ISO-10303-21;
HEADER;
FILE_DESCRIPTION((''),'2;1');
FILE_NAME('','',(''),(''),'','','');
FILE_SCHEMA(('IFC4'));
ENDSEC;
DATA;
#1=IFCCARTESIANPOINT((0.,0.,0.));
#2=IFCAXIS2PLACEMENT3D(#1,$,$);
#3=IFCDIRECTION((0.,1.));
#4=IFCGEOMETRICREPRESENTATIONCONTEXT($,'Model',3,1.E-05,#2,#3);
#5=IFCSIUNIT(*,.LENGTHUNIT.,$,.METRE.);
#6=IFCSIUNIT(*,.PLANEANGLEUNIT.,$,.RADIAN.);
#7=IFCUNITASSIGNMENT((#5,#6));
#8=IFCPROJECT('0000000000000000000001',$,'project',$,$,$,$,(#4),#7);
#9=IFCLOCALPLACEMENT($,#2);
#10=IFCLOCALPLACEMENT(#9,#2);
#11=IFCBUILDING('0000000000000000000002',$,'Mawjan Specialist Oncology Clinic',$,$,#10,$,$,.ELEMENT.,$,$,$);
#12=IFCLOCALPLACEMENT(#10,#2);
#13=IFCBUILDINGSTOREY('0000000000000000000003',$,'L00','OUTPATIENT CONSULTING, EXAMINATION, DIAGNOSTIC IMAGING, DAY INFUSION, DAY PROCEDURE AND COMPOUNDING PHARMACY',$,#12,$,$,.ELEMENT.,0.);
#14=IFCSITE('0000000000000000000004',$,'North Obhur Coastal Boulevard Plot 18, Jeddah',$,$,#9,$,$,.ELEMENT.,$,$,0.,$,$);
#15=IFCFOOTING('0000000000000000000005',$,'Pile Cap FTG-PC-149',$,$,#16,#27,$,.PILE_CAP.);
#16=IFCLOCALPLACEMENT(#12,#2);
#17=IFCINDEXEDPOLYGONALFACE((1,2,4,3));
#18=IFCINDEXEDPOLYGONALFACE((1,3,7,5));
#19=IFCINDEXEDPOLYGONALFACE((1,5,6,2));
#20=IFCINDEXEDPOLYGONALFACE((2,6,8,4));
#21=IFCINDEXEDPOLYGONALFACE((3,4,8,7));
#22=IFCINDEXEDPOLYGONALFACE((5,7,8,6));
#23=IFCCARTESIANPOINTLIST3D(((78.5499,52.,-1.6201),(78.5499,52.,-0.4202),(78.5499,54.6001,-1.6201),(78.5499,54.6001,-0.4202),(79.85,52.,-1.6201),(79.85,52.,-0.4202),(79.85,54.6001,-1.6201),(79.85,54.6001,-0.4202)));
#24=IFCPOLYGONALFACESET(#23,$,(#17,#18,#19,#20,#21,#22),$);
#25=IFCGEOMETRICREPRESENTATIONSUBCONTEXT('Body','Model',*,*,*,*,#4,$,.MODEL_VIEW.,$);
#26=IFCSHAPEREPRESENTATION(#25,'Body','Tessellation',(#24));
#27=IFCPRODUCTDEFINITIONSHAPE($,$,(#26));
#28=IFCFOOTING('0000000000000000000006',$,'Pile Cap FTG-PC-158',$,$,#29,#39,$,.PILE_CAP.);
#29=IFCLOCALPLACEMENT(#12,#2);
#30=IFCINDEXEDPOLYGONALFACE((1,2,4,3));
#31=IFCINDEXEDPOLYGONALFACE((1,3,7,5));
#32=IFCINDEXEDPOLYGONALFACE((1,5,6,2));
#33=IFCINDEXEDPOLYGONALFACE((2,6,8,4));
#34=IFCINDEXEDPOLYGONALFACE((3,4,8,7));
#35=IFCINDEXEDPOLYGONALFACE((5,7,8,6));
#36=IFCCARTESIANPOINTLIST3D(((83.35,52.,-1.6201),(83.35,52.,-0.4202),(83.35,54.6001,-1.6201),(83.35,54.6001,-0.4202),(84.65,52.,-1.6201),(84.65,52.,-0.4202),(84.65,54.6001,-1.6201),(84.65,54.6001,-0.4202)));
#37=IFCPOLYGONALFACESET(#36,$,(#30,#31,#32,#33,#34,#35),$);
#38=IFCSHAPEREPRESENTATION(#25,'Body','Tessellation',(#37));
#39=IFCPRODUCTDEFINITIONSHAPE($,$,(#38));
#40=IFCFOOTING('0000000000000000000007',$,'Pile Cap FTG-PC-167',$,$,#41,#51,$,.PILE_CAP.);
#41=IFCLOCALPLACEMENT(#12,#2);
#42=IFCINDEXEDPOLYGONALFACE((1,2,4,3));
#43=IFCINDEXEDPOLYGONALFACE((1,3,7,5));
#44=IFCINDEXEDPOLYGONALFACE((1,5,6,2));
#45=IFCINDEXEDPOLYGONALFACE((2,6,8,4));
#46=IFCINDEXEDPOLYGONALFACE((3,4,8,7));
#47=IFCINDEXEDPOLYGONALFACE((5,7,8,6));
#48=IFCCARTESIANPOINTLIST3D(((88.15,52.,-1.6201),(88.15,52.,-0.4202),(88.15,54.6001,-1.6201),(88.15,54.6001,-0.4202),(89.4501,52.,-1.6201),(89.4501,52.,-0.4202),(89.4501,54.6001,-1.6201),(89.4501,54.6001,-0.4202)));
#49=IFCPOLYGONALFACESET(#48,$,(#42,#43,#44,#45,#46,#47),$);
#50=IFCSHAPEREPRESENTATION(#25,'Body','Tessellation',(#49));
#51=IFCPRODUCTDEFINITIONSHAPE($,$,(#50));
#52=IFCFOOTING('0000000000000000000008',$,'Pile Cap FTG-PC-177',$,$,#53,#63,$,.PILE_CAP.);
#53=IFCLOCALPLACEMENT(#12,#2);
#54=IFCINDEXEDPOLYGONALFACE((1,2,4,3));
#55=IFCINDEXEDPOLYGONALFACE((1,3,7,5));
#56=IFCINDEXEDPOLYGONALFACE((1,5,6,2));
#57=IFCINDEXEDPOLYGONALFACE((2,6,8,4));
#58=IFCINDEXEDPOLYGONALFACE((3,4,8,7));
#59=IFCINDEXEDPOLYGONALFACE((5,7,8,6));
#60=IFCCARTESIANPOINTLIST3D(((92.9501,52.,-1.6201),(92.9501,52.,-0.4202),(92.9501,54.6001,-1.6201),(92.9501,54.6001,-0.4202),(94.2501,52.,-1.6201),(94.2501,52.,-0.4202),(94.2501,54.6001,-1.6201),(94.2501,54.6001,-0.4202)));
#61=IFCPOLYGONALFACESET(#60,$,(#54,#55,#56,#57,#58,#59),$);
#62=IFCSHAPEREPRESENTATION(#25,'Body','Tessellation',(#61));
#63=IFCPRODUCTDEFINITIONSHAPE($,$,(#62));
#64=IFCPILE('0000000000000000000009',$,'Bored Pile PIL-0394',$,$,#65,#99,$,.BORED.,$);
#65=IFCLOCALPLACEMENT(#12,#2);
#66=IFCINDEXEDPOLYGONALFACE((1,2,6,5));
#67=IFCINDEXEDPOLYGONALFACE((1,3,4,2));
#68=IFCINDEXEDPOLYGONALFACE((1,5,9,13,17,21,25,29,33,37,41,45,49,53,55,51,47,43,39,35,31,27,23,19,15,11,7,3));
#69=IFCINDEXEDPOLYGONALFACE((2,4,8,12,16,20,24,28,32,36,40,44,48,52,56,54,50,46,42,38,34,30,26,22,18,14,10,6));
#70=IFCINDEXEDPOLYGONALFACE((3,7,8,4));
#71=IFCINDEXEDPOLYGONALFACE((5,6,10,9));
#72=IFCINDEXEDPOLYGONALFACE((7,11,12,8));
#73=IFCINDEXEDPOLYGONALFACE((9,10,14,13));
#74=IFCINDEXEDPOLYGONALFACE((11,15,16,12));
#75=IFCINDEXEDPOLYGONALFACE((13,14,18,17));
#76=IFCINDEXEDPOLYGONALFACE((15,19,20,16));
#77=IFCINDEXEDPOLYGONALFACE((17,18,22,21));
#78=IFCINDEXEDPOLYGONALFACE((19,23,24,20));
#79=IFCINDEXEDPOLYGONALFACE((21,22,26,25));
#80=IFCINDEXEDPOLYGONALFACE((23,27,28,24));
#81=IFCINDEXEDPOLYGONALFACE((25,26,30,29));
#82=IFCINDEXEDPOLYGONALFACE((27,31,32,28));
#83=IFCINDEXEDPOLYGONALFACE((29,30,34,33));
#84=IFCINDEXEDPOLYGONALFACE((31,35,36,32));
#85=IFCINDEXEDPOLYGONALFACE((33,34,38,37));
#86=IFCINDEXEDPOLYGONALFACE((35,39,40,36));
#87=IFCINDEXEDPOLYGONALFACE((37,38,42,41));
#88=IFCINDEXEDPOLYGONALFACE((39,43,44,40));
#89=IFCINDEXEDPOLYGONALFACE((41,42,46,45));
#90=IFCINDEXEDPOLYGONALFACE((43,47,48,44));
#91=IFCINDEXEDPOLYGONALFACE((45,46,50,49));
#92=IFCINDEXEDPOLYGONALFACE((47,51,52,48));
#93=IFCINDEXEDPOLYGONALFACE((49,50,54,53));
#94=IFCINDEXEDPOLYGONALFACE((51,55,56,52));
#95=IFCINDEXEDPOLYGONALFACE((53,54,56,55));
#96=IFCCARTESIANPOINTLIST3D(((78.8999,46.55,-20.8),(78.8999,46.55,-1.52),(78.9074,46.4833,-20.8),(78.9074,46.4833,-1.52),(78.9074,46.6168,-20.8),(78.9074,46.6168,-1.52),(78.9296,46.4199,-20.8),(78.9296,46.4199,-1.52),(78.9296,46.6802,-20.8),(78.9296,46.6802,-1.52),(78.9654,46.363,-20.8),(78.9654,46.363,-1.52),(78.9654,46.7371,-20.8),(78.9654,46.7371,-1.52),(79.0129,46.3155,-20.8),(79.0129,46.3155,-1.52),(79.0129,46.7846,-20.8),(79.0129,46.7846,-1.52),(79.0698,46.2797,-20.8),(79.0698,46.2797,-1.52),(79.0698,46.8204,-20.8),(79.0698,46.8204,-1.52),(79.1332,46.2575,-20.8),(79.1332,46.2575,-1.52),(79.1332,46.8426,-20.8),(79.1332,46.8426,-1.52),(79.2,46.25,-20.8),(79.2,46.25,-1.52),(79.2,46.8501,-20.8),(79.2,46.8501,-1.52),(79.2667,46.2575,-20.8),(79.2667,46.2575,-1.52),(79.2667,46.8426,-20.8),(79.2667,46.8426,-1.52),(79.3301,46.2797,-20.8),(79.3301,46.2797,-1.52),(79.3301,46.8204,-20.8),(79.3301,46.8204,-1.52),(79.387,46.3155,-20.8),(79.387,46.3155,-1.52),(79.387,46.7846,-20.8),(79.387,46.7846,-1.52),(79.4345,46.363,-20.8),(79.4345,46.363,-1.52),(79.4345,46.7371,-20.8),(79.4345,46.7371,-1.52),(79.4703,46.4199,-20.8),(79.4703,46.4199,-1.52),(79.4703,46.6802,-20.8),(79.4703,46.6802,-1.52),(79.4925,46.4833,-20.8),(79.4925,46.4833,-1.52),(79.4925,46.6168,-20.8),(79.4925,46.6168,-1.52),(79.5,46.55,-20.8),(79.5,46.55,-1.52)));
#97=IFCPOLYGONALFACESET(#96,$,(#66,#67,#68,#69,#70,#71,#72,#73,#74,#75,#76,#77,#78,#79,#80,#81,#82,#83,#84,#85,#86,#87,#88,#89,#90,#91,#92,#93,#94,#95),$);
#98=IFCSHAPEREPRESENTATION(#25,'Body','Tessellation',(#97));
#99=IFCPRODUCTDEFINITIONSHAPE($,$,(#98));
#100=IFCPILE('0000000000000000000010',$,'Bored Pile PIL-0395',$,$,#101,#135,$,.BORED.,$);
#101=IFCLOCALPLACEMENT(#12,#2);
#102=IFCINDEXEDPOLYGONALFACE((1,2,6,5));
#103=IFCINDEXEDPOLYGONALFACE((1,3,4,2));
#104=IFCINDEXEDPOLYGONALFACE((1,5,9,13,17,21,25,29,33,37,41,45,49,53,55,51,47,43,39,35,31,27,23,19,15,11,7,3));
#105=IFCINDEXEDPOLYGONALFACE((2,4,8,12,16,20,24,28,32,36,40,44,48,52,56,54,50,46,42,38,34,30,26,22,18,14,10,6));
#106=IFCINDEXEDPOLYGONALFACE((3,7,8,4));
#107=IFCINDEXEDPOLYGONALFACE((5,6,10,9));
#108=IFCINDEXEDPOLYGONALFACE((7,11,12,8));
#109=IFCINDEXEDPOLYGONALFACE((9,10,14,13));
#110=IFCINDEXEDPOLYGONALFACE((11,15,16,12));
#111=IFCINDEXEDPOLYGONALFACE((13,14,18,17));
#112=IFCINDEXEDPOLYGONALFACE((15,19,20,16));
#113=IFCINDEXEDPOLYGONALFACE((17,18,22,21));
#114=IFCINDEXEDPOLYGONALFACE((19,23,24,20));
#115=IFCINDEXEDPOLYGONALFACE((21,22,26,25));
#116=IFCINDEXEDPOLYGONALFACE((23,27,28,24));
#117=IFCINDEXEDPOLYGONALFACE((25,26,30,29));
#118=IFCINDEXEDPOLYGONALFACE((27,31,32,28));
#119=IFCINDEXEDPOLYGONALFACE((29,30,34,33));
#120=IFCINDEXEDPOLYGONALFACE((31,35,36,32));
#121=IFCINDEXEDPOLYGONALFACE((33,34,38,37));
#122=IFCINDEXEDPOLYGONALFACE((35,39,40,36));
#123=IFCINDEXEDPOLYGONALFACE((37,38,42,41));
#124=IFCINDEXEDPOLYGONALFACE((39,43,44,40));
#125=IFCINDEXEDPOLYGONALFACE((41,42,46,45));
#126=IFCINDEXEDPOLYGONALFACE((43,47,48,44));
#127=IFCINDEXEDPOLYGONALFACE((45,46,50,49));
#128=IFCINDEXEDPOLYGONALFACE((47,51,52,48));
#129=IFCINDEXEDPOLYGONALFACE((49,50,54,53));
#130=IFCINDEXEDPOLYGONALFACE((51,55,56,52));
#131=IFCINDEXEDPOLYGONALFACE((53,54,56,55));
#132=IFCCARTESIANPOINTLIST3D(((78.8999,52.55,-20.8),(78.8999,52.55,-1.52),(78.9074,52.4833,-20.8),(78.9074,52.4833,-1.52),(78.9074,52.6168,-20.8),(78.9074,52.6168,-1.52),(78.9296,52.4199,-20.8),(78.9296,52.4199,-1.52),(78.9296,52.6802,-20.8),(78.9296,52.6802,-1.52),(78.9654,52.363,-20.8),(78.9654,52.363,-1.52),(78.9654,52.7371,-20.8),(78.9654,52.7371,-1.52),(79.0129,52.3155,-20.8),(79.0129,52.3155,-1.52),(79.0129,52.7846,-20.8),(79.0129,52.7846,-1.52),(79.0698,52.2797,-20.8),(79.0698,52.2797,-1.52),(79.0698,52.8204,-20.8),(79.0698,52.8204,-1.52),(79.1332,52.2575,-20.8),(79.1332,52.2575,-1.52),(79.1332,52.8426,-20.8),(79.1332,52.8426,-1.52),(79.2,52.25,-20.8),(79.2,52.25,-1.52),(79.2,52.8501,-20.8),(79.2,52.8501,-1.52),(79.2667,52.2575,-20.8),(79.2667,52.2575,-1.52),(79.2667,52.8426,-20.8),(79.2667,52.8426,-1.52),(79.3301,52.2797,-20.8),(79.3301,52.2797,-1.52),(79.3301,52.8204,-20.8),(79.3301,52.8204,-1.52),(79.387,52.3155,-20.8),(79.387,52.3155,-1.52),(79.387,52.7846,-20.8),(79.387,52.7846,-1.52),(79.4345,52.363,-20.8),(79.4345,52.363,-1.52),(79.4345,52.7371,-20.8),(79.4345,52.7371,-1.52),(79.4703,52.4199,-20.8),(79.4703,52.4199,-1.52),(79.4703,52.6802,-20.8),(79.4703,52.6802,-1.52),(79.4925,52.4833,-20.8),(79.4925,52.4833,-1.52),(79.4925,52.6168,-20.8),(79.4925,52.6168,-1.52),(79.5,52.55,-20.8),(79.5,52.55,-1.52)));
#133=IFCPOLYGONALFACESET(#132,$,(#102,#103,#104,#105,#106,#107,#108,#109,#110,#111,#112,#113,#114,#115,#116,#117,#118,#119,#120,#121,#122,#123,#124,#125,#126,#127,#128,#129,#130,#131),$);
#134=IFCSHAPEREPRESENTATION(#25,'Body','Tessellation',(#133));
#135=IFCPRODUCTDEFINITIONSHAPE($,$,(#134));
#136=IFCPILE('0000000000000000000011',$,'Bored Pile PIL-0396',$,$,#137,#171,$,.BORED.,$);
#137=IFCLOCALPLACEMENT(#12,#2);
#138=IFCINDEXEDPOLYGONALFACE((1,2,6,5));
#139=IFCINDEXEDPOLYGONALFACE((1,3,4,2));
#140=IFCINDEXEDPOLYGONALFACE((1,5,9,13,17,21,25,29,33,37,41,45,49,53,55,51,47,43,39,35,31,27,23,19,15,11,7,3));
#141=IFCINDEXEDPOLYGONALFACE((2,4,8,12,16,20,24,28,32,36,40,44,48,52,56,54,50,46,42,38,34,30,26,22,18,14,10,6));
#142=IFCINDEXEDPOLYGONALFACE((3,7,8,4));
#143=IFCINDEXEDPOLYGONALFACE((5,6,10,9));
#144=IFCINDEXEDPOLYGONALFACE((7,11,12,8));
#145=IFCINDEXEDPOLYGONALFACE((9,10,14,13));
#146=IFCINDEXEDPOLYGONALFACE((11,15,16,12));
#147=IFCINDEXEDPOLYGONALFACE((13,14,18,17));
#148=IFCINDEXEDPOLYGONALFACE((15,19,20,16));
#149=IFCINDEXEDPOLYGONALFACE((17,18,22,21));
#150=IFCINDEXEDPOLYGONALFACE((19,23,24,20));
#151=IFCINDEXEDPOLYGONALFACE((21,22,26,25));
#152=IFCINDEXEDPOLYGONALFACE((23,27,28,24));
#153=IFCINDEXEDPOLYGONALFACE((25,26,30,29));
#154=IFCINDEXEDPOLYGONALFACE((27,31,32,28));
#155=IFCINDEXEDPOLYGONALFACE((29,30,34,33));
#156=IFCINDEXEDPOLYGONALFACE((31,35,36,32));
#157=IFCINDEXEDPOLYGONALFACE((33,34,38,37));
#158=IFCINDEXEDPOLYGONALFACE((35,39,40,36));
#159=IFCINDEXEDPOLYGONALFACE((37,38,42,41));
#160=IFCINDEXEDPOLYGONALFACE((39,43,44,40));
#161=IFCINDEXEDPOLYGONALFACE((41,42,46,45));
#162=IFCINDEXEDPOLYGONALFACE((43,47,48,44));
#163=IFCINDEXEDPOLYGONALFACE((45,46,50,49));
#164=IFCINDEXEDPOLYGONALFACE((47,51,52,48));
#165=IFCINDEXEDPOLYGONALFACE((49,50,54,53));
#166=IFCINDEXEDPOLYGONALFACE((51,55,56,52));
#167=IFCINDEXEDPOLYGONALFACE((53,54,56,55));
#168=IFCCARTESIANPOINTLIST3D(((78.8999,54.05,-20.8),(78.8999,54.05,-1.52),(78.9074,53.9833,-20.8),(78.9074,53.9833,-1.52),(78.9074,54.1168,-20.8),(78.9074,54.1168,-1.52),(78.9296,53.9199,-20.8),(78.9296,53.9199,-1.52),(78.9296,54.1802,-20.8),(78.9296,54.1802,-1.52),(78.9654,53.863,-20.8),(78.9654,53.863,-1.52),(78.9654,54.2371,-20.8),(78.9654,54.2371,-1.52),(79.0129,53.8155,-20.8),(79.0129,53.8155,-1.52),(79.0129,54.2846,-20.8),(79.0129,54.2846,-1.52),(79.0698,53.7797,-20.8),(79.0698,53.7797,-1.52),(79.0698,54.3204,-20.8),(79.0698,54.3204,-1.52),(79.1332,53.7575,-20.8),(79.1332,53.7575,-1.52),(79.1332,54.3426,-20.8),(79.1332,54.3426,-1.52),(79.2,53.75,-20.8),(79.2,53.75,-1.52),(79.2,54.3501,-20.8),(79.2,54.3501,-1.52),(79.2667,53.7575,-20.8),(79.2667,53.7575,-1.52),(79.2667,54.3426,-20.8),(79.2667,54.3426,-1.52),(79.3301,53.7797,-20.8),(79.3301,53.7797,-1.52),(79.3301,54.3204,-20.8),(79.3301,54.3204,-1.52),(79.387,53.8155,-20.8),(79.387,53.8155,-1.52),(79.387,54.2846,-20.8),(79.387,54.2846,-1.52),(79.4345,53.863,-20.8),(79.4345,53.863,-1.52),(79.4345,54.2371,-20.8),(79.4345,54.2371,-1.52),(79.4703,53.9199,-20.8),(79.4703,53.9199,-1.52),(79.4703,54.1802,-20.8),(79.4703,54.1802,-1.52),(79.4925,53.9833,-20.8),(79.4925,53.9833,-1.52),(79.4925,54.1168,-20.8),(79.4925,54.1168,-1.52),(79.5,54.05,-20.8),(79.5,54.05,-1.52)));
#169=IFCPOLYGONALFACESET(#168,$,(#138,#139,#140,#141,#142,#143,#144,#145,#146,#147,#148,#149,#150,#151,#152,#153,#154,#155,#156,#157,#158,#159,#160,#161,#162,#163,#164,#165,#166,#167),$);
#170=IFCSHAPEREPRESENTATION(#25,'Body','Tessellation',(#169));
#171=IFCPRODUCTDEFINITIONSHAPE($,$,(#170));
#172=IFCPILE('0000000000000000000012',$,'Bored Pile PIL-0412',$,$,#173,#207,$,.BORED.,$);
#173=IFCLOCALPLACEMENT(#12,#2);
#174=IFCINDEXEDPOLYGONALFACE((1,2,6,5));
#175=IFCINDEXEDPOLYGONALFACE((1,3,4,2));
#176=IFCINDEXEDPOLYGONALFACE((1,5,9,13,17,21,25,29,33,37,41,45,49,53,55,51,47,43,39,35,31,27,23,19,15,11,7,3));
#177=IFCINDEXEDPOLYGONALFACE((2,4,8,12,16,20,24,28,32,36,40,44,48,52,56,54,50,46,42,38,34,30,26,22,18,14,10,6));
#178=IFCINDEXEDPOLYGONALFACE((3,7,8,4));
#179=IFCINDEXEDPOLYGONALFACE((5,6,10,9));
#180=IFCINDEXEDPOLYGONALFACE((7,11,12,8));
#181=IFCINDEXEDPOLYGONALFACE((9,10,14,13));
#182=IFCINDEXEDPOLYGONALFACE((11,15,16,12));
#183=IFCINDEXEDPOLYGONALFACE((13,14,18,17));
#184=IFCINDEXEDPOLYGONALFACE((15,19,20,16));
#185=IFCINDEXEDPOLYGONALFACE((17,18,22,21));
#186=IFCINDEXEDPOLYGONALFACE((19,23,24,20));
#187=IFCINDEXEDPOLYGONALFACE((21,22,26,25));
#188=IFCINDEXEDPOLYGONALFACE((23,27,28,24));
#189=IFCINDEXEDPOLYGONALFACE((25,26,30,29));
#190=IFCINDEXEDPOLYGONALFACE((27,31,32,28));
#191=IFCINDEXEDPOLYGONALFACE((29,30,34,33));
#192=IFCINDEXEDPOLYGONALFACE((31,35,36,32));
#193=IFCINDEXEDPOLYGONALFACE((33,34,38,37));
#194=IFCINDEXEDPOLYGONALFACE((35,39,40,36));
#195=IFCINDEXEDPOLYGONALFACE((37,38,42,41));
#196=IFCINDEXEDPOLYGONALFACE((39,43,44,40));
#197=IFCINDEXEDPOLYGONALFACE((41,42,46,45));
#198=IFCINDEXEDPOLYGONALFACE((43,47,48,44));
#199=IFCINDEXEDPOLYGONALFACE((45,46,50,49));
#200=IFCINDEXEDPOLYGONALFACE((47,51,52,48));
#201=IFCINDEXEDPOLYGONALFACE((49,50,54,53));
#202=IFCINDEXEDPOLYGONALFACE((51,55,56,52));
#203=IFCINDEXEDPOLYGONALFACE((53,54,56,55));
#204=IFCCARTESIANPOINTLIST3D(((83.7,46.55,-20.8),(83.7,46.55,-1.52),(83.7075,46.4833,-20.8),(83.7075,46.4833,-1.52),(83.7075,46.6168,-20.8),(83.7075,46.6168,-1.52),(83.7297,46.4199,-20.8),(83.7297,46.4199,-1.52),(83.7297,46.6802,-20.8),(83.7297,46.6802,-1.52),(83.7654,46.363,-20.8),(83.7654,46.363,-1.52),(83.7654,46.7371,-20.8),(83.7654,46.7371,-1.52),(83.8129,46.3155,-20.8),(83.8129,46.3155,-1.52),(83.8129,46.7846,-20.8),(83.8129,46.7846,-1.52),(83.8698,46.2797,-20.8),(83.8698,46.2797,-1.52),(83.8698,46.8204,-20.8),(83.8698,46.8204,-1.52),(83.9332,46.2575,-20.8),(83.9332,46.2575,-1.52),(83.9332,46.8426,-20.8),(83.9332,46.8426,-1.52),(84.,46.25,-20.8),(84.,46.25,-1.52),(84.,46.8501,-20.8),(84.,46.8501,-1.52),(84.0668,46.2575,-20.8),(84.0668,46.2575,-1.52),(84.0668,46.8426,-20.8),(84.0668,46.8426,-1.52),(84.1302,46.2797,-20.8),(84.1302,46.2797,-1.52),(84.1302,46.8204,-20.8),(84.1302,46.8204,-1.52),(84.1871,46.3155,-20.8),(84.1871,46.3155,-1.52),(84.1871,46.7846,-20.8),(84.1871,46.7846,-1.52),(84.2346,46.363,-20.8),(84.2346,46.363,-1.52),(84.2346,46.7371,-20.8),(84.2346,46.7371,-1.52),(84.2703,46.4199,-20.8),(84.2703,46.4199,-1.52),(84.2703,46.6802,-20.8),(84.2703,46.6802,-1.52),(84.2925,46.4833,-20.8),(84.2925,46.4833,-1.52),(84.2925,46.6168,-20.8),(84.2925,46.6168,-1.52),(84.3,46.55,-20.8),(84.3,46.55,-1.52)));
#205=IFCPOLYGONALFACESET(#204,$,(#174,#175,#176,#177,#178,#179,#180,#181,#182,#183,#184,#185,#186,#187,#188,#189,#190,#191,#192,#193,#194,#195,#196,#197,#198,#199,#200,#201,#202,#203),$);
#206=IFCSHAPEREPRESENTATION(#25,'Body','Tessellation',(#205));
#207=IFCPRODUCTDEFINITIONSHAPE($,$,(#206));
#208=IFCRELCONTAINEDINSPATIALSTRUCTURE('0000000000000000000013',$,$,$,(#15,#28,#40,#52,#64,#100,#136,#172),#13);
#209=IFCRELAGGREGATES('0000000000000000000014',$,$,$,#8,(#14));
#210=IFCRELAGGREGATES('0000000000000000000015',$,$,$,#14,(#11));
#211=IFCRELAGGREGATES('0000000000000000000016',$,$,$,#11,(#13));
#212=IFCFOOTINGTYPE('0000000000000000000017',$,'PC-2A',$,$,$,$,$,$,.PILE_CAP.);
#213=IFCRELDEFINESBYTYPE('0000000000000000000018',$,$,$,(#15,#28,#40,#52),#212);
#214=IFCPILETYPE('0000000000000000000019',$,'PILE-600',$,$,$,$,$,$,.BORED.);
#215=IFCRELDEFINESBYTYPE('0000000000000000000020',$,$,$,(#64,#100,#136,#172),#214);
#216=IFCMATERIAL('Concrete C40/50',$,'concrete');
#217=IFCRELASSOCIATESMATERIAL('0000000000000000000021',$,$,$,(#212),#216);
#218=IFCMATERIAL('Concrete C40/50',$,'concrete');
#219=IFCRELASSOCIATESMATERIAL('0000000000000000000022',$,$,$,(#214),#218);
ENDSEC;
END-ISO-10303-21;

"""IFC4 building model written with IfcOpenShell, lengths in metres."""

from ifc_helpers import new_model, si_unit, direction, frame, origin, origin_2d, place, context, subcontext, project, spatial, rectangle, circle, extrude, material, material_profile, profile_set, type_object, element, save


model = new_model("IFC4")

# Units and contexts
model_context = context("Model", 3, precision=1e-05, world=origin(), true_north=direction((0.0, 1.0)))
body_context = subcontext(model_context, "Body", "Model", "MODEL_VIEW")
ifc_project = project(units=[si_unit("LENGTHUNIT", "METRE"), si_unit("PLANEANGLEUNIT", "RADIAN")], contexts=[model_context])

# Site, building, storey
site_placement = place(None, origin())
site = spatial("IfcSite", under=ifc_project, at=site_placement, Name="North Obhur Coastal Boulevard Plot 18, Jeddah", CompositionType="ELEMENT", RefElevation=0.0)
building_placement = place(site_placement, origin())
building = spatial("IfcBuilding", under=site, at=building_placement, Name="Mawjan Specialist Oncology Clinic", CompositionType="ELEMENT")
storey_placement = place(building_placement, origin())
storey = spatial("IfcBuildingStorey", under=building, at=storey_placement, Name="L00", Description="OUTPATIENT CONSULTING, EXAMINATION, DIAGNOSTIC IMAGING, DAY INFUSION, DAY PROCEDURE AND COMPOUNDING PHARMACY", CompositionType="ELEMENT", Elevation=0.0)

# Footings
ifc_material_1 = material(Name="Concrete C40/50", Category="concrete")
footing_type_1 = type_object("IfcFootingType", Name="PC-2A", PredefinedType="PILE_CAP", material=ifc_material_1)
for number, where, z_axis, x_axis, name in (
    (1, (79.2, 53.3, -1.6201), (0.0, 0.0, 1.0), (0.0, 1.0, 0.0), "Pile Cap FTG-PC-149"),
    (2, (84.0, 53.3, -1.6201), (0.0, 0.0, 1.0), (0.0, 1.0, 0.0), "Pile Cap FTG-PC-158"),
    (3, (88.8, 53.3, -1.6201), (0.0, 0.0, 1.0), (0.0, 1.0, 0.0), "Pile Cap FTG-PC-167"),
    (4, (93.6001, 53.3, -1.6201), (0.0, 0.0, 1.0), (0.0, 1.0, 0.0), "Pile Cap FTG-PC-177"),
):
    element("IfcFooting", number, at=place(storey_placement, frame(where, z_axis=z_axis, x_axis=x_axis)), inside=storey, type_object=footing_type_1, Name=name, PredefinedType="PILE_CAP", context=body_context, shape_type="SweptSolid", body=[
        extrude(rectangle(XDim=2.6001, YDim=1.3, at=origin_2d()), origin(), (0.0, 0.0, 1.0), 1.2),
    ])

# Piles
ifc_material_2 = material(Name="Concrete C40/50", Category="concrete")
ifc_material_profile_1 = material_profile(ifc_material_2, circle(Radius=0.3, at=origin_2d()), Name="BORED PILE D600", Category="concrete")
ifc_profile_set_1 = profile_set([ifc_material_profile_1], Name="Concrete C40/50")
pile_type = type_object("IfcPileType", Name="PILE-600", PredefinedType="BORED", material=ifc_profile_set_1)
for number, where, z_axis, x_axis, name in (
    (5, (79.2, 46.55, -1.52), (0.0, 0.0, -1.0), (1.0, 0.0, 0.0), "Bored Pile PIL-0394"),
    (6, (79.2, 52.55, -1.52), (0.0, 0.0, -1.0), (1.0, 0.0, 0.0), "Bored Pile PIL-0395"),
    (7, (79.2, 54.05, -1.52), (0.0, 0.0, -1.0), (1.0, 0.0, 0.0), "Bored Pile PIL-0396"),
    (8, (84.0, 46.55, -1.52), (0.0, 0.0, -1.0), (1.0, 0.0, 0.0), "Bored Pile PIL-0412"),
):
    element("IfcPile", number, at=place(storey_placement, frame(where, z_axis=z_axis, x_axis=x_axis)), inside=storey, type_object=pile_type, Name=name, PredefinedType="BORED", context=body_context, shape_type="SweptSolid", body=[
        extrude(circle(Radius=0.3, at=origin_2d()), origin(), (0.0, 0.0, 1.0), 19.28),
    ])

save(model, "model.ifc")
